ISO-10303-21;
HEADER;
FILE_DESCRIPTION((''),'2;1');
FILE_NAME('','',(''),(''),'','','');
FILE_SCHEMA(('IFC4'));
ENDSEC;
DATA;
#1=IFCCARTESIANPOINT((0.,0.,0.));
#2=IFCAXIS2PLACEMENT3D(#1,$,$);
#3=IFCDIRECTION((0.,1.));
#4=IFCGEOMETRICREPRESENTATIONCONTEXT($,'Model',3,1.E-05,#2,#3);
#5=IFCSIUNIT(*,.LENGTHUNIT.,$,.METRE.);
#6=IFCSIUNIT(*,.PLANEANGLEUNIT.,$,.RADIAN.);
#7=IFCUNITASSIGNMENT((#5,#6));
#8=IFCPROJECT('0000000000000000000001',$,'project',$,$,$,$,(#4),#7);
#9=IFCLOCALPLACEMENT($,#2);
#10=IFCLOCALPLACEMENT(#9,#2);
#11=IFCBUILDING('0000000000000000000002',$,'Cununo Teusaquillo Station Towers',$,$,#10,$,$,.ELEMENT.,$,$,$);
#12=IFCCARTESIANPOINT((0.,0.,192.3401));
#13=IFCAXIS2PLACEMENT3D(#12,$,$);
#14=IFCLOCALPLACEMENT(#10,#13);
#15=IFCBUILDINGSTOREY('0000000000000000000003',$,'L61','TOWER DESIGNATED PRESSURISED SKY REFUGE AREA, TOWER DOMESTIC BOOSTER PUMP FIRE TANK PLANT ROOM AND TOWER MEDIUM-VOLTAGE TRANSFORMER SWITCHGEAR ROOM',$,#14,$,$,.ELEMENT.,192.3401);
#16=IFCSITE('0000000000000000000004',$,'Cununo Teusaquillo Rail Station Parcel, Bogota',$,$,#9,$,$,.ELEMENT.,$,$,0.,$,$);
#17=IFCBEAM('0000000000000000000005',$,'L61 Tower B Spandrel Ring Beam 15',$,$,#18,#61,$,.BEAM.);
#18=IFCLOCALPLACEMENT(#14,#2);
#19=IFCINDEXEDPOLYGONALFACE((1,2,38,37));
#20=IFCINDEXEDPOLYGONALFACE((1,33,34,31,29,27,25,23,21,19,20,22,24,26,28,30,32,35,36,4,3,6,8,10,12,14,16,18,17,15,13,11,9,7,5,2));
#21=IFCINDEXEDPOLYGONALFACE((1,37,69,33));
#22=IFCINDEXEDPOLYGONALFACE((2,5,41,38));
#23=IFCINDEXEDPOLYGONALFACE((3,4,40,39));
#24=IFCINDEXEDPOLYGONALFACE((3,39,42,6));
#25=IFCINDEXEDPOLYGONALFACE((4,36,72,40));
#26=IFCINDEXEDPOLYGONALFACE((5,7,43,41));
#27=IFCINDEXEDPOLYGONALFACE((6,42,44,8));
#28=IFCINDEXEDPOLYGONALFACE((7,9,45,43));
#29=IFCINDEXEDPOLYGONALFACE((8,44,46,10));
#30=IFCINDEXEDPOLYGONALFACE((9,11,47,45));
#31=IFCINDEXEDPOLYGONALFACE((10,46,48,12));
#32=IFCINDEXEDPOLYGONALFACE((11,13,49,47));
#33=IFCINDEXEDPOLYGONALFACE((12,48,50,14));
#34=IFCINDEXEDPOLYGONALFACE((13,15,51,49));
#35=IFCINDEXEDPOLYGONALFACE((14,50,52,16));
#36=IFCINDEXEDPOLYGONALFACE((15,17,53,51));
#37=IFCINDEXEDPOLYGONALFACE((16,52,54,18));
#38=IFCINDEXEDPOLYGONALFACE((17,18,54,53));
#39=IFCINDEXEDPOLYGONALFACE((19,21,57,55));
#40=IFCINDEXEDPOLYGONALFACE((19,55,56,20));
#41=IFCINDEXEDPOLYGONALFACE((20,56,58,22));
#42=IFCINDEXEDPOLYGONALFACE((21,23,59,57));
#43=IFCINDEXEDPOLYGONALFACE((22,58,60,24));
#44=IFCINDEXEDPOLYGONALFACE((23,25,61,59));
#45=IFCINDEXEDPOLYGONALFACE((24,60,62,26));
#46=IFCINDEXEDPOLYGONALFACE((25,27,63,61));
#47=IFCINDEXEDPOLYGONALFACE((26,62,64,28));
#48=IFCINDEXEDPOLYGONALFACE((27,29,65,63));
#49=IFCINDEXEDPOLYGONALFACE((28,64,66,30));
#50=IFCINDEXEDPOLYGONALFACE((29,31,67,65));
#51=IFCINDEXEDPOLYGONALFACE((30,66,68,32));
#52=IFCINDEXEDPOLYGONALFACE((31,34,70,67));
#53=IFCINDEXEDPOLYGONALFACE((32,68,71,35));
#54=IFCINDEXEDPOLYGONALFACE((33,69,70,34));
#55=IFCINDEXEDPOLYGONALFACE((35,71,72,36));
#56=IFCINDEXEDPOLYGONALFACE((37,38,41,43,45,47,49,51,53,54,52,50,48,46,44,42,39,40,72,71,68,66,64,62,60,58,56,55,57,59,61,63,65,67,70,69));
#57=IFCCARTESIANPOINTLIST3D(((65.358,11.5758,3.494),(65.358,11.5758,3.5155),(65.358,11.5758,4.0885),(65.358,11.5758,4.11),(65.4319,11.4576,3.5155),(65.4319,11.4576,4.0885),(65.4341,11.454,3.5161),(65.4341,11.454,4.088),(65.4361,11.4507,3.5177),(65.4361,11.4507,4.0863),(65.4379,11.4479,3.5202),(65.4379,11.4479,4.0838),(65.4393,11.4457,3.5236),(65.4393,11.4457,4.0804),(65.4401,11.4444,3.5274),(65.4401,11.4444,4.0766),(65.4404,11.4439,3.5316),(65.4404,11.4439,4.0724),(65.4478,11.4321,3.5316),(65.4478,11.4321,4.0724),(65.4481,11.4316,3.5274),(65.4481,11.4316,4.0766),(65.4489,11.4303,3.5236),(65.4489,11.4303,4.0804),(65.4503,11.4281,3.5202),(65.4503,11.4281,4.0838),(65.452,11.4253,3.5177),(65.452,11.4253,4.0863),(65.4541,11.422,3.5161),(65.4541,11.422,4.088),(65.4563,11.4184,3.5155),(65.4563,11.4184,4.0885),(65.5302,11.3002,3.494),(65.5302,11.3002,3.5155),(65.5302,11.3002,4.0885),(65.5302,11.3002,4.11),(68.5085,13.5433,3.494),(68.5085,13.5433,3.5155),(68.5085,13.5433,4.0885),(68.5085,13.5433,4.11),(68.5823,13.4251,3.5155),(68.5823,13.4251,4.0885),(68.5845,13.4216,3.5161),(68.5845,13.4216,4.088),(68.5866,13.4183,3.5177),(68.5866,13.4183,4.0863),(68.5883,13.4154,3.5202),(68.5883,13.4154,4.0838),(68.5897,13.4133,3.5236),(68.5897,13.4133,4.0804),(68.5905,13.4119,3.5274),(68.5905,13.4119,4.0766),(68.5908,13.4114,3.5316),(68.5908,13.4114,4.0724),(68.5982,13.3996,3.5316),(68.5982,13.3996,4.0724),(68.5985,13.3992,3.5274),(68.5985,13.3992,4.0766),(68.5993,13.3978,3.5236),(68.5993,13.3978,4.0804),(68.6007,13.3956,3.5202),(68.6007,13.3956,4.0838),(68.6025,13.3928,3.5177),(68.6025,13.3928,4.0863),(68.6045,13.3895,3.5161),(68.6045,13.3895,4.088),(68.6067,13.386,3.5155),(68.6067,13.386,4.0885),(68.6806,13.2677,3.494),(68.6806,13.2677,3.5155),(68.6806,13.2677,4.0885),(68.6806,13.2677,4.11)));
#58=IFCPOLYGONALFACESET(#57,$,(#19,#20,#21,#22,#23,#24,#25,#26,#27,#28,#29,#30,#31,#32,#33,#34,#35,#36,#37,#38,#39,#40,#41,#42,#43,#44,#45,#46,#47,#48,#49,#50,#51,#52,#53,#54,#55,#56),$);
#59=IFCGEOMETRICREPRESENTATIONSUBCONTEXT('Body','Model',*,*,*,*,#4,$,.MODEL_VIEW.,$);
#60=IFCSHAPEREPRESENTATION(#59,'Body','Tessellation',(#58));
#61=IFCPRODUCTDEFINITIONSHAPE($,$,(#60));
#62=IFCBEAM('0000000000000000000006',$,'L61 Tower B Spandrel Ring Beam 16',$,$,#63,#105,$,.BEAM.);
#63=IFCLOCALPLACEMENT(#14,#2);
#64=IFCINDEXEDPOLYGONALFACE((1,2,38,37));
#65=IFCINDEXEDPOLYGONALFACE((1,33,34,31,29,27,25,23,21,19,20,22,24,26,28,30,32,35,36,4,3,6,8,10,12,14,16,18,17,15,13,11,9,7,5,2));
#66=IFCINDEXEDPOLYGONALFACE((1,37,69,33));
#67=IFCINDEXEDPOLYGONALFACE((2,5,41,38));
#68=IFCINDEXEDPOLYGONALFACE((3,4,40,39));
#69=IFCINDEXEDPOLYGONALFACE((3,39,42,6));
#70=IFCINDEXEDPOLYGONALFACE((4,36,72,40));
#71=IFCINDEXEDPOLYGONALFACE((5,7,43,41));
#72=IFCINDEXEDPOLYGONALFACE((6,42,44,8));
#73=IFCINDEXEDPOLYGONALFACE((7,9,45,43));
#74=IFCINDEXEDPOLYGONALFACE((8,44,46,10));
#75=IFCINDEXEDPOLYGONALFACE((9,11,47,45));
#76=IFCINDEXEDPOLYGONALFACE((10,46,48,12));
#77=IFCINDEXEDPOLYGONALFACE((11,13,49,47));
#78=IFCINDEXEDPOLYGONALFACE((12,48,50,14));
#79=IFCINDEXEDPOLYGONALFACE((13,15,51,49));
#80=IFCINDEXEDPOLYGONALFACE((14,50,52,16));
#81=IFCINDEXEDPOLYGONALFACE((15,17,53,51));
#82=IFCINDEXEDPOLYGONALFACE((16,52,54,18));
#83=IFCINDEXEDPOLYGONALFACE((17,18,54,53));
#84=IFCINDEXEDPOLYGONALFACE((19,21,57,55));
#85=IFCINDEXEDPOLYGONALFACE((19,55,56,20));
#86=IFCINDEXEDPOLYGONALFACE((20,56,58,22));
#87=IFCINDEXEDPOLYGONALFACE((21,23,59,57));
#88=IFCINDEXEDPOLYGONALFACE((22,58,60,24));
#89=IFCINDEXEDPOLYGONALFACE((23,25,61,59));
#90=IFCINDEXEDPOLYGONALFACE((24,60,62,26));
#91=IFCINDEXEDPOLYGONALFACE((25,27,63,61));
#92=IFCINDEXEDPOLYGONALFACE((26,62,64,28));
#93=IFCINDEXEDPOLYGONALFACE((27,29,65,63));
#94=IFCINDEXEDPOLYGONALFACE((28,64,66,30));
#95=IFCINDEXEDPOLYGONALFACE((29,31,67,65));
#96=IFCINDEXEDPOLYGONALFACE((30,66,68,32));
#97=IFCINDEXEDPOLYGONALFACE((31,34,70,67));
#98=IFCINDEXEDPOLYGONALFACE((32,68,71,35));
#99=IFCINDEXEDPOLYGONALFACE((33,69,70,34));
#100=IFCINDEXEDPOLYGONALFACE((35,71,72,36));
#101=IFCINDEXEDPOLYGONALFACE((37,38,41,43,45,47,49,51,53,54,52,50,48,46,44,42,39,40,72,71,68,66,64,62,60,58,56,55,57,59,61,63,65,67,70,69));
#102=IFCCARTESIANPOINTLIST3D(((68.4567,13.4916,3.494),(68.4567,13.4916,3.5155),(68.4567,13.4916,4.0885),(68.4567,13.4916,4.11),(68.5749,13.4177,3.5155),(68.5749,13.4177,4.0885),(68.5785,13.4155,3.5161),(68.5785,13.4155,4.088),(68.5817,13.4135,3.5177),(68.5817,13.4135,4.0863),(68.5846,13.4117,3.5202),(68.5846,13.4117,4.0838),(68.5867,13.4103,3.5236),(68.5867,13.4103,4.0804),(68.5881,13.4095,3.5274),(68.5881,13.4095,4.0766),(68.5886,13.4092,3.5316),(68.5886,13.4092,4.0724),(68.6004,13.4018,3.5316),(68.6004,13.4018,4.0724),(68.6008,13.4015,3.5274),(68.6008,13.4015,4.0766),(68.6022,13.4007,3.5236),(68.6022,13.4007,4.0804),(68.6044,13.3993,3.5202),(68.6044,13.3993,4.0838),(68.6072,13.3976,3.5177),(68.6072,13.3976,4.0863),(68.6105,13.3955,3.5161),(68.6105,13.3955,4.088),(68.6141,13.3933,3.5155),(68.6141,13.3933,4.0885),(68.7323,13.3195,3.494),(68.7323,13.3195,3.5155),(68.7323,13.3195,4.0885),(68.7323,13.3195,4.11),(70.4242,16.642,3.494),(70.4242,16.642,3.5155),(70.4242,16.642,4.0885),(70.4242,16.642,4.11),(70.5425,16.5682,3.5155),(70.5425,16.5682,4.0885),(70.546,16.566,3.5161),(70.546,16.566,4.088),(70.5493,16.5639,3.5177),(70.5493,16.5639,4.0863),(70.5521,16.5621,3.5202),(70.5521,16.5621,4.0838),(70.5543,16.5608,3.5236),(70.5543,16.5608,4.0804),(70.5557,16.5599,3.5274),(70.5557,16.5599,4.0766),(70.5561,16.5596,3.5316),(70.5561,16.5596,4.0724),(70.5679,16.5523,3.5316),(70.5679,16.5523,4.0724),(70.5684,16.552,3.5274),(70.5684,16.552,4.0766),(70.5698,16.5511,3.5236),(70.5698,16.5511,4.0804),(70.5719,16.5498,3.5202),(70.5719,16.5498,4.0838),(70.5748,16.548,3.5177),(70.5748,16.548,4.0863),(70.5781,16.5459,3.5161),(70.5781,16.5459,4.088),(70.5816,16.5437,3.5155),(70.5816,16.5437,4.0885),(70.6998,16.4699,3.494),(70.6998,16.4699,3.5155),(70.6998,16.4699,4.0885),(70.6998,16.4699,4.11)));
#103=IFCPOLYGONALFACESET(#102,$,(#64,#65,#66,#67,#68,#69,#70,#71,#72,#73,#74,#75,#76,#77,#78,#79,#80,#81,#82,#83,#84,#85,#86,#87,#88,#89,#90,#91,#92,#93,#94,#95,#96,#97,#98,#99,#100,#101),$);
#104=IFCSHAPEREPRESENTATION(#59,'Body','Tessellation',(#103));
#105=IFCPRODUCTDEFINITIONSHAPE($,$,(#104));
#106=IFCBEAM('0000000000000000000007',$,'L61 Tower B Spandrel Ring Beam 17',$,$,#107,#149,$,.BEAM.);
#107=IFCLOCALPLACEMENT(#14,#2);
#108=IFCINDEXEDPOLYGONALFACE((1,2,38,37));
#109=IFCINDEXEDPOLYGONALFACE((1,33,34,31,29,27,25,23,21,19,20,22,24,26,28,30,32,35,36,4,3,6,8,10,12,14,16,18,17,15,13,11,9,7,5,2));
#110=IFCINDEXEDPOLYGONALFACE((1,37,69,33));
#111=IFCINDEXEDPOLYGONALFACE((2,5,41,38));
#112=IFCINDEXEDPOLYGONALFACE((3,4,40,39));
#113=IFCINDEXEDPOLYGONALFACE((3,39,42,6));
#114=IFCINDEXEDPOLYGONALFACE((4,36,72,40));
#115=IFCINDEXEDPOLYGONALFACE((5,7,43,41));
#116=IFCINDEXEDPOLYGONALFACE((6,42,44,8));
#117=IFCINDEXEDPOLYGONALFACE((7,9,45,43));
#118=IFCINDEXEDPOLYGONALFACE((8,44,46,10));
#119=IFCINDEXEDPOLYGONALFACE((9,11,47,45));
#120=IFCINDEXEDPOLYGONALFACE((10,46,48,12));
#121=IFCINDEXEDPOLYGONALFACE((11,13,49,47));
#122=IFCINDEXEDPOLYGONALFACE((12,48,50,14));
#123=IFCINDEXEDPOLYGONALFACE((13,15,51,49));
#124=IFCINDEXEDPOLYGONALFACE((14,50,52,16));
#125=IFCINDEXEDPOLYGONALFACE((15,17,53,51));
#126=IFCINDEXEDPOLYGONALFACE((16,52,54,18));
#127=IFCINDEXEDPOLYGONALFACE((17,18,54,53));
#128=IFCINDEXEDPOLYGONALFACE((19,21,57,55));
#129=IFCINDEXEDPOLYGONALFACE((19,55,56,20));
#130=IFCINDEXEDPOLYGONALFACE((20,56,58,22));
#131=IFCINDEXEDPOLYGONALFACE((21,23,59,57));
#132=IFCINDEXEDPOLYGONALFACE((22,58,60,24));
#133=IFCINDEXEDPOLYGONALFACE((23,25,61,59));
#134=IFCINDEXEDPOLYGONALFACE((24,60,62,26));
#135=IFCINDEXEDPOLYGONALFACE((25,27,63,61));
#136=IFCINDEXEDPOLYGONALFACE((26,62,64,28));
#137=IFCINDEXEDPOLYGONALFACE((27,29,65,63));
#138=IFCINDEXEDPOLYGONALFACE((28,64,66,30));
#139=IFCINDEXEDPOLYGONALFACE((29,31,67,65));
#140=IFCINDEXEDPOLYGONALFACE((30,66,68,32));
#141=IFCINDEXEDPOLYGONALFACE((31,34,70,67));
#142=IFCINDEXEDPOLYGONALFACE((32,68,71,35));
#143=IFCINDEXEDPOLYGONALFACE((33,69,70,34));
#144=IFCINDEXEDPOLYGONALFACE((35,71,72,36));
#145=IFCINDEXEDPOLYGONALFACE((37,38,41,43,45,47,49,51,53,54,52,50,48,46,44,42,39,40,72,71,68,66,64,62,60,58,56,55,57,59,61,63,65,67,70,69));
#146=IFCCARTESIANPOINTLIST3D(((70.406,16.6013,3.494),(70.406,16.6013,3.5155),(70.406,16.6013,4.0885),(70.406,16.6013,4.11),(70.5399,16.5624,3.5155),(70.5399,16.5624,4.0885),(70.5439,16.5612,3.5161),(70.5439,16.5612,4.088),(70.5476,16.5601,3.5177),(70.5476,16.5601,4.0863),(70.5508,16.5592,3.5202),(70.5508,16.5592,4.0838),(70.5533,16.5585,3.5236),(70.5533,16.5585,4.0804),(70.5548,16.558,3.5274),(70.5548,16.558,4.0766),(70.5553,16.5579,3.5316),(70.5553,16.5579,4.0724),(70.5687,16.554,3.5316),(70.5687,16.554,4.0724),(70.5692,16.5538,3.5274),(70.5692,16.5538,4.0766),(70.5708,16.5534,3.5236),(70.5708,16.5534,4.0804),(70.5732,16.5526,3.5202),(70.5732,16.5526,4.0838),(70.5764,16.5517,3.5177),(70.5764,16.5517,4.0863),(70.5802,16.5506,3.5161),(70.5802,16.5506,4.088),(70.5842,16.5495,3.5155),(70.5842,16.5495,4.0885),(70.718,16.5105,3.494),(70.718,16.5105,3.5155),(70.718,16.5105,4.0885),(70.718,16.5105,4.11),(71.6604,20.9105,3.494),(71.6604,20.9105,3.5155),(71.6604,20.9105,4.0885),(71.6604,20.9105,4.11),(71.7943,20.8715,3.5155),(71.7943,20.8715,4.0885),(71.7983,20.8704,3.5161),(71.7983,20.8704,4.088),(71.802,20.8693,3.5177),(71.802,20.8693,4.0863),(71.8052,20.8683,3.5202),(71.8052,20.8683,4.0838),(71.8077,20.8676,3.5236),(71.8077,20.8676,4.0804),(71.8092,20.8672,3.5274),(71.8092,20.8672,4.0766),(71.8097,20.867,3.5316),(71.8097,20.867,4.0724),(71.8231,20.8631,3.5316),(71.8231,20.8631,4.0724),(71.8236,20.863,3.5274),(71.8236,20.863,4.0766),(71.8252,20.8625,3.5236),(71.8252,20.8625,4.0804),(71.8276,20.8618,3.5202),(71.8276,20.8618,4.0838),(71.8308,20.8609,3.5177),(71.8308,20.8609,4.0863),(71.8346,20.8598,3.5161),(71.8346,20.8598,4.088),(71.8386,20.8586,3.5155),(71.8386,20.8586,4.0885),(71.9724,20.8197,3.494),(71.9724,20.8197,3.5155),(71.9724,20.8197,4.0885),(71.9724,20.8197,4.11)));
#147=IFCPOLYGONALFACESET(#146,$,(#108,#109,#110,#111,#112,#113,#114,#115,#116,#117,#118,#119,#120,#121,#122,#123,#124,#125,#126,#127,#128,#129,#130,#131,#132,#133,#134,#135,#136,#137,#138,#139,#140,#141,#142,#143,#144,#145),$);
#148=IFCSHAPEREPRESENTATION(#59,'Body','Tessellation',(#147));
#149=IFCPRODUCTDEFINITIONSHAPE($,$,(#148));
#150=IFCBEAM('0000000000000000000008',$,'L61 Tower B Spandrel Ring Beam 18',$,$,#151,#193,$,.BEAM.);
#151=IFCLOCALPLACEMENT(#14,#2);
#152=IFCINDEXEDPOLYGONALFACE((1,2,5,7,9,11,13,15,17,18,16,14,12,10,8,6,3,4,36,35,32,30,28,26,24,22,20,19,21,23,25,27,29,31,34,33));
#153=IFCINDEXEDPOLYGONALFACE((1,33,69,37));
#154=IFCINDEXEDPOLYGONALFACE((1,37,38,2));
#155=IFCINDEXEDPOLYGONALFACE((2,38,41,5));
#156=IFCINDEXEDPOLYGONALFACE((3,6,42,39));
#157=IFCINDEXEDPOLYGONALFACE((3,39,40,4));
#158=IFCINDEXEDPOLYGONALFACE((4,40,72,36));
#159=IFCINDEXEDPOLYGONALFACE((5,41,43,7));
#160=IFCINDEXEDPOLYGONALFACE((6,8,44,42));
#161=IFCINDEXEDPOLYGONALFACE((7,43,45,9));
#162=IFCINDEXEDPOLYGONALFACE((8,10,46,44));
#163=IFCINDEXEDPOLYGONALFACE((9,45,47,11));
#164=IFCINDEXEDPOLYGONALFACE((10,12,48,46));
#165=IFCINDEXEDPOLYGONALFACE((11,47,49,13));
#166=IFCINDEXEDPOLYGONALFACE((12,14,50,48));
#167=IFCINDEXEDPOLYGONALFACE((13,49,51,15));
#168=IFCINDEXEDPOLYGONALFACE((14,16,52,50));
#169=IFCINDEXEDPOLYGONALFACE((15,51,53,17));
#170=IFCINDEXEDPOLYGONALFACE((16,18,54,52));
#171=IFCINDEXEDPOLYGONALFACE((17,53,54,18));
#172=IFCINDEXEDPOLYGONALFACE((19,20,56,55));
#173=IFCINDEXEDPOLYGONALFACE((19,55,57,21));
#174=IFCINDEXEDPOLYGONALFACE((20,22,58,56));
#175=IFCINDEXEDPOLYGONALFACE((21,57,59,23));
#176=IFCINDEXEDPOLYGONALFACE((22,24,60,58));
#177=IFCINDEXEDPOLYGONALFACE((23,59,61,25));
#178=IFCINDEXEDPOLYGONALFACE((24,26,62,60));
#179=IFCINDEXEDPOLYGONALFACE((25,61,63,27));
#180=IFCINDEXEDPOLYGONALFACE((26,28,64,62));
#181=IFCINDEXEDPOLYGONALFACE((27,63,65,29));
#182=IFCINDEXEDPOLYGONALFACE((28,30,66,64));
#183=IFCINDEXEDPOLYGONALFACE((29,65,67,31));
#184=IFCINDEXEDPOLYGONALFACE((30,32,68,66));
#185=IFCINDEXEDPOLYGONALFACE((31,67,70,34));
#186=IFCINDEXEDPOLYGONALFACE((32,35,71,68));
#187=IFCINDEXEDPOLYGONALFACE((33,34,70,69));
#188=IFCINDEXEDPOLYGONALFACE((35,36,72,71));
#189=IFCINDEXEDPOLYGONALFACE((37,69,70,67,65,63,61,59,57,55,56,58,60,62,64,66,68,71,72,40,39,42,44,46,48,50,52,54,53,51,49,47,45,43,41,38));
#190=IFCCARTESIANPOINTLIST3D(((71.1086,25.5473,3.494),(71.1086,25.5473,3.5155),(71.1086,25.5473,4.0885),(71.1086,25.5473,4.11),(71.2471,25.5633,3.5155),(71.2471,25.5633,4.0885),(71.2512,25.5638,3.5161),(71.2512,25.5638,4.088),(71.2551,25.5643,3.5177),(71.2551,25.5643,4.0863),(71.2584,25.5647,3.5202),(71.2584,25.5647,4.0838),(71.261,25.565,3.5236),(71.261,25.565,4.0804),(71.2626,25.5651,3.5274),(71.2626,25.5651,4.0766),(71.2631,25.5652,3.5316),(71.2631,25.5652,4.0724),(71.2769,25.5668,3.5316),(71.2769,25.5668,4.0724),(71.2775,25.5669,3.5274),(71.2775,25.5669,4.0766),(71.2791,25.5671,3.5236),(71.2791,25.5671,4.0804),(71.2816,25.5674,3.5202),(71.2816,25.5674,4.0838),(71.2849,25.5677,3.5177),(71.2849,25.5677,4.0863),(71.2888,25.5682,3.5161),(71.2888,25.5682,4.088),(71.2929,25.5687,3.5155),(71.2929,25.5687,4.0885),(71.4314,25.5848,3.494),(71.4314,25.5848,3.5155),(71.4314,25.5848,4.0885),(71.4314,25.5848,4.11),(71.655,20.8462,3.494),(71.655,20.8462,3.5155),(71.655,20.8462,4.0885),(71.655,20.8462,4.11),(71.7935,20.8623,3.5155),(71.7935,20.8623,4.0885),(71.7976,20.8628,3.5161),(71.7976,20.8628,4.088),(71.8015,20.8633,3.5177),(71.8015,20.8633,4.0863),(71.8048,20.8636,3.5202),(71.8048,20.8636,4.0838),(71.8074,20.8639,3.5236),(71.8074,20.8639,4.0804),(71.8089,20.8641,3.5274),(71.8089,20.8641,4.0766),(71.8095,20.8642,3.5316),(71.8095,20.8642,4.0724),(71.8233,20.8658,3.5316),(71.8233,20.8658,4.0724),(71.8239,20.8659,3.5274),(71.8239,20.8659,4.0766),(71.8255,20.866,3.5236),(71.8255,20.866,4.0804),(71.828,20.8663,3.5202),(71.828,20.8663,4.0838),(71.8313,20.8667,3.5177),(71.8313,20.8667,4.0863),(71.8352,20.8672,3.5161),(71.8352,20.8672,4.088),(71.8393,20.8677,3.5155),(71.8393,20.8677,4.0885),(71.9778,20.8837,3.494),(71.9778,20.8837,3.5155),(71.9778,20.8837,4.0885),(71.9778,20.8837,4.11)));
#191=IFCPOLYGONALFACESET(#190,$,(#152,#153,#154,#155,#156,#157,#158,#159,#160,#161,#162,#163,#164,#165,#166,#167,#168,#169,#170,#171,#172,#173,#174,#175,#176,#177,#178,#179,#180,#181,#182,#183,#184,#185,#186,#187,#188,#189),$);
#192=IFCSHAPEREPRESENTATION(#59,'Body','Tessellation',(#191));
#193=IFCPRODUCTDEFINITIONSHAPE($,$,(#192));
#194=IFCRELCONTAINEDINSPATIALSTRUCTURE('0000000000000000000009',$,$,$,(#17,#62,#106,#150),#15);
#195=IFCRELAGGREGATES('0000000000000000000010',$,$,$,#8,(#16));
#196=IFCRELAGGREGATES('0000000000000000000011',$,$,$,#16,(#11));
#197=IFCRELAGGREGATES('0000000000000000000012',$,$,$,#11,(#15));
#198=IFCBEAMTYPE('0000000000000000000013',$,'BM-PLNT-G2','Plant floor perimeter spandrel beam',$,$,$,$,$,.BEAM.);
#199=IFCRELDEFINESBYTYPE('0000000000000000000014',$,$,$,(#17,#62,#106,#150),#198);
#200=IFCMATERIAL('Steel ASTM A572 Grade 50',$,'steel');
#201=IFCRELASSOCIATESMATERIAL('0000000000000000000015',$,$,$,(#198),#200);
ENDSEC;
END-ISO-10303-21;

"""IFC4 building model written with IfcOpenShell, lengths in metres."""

from ifc_helpers import new_model, si_unit, direction, frame, origin, origin_2d, place, context, subcontext, project, spatial, i_section, extrude, material, material_profile, profile_set, type_object, element, save


model = new_model("IFC4")

# Units and contexts
model_context = context("Model", 3, precision=1e-05, world=origin(), true_north=direction((0.0, 1.0)))
body_context = subcontext(model_context, "Body", "Model", "MODEL_VIEW")
ifc_project = project(units=[si_unit("LENGTHUNIT", "METRE"), si_unit("PLANEANGLEUNIT", "RADIAN")], contexts=[model_context])

# Site, building, storey
site_placement = place(None, origin())
site = spatial("IfcSite", under=ifc_project, at=site_placement, Name="Cununo Teusaquillo Rail Station Parcel, Bogota", CompositionType="ELEMENT", RefElevation=0.0)
building_placement = place(site_placement, origin())
building = spatial("IfcBuilding", under=site, at=building_placement, Name="Cununo Teusaquillo Station Towers", CompositionType="ELEMENT")
storey_placement = place(building_placement, frame((0.0, 0.0, 192.3401)))
storey = spatial("IfcBuildingStorey", under=building, at=storey_placement, Name="L61", Description="TOWER DESIGNATED PRESSURISED SKY REFUGE AREA, TOWER DOMESTIC BOOSTER PUMP FIRE TANK PLANT ROOM AND TOWER MEDIUM-VOLTAGE TRANSFORMER SWITCHGEAR ROOM", CompositionType="ELEMENT", Elevation=192.3401)

# Beams
ifc_material_1 = material(Name="Steel ASTM A572 Grade 50", Category="steel")
ifc_material_profile_1 = material_profile(ifc_material_1, i_section(OverallWidth=0.325, OverallDepth=0.616, WebThickness=0.0139, FlangeThickness=0.0215, FilletRadius=0.0161, at=origin_2d()), Name="W24X117")
ifc_profile_set_1 = profile_set([ifc_material_profile_1], Name="Steel ASTM A572 Grade 50")
beam_type_1 = type_object("IfcBeamType", Name="BM-PLNT-G2", Description="Plant floor perimeter spandrel beam", PredefinedType="BEAM", material=ifc_profile_set_1)
for number, where, z_axis, x_axis, name in (
    (1, (65.4441, 11.438, 3.802), (0.848176, 0.529715, 0.0), (-0.529715, 0.848176, 0.0), "L61 Tower B Spandrel Ring Beam 15"),
    (2, (68.5945, 13.4055, 3.802), (0.529715, 0.848176, 0.0), (-0.848176, 0.529715, 0.0), "L61 Tower B Spandrel Ring Beam 16"),
):
    element("IfcBeam", number, at=place(storey_placement, frame(where, z_axis=z_axis, x_axis=x_axis)), inside=storey, type_object=beam_type_1, Name=name, PredefinedType="BEAM", context=body_context, shape_type="SweptSolid", body=[
        extrude(i_section(OverallWidth=0.325, OverallDepth=0.616, WebThickness=0.0139, FlangeThickness=0.0215, FilletRadius=0.0161, at=origin_2d()), origin(), (0.0, 0.0, 1.0), 3.7144),
    ])
beam_1_placement = place(storey_placement, frame((70.562, 16.5559, 3.802), z_axis=(0.279503, 0.960145, 0.0), x_axis=(-0.960145, 0.279503, 0.0)))
element("IfcBeam", 3, at=beam_1_placement, inside=storey, type_object=beam_type_1, Name="L61 Tower B Spandrel Ring Beam 17", PredefinedType="BEAM", context=body_context, shape_type="SweptSolid", body=[
    extrude(i_section(OverallWidth=0.325, OverallDepth=0.616, WebThickness=0.0139, FlangeThickness=0.0215, FilletRadius=0.0161, at=origin_2d()), origin(), (0.0, 0.0, 1.0), 4.488),
])
beam_2_placement = place(storey_placement, frame((71.8164, 20.865, 3.802), z_axis=(-0.115452, 0.993313, 0.0), x_axis=(-0.993313, -0.115452, 0.0)))
element("IfcBeam", 4, at=beam_2_placement, inside=storey, type_object=beam_type_1, Name="L61 Tower B Spandrel Ring Beam 18", PredefinedType="BEAM", context=body_context, shape_type="SweptSolid", body=[
    extrude(i_section(OverallWidth=0.325, OverallDepth=0.616, WebThickness=0.0139, FlangeThickness=0.0215, FilletRadius=0.0161, at=origin_2d()), origin(), (0.0, 0.0, 1.0), 4.7327),
])

save(model, "model.ifc")
